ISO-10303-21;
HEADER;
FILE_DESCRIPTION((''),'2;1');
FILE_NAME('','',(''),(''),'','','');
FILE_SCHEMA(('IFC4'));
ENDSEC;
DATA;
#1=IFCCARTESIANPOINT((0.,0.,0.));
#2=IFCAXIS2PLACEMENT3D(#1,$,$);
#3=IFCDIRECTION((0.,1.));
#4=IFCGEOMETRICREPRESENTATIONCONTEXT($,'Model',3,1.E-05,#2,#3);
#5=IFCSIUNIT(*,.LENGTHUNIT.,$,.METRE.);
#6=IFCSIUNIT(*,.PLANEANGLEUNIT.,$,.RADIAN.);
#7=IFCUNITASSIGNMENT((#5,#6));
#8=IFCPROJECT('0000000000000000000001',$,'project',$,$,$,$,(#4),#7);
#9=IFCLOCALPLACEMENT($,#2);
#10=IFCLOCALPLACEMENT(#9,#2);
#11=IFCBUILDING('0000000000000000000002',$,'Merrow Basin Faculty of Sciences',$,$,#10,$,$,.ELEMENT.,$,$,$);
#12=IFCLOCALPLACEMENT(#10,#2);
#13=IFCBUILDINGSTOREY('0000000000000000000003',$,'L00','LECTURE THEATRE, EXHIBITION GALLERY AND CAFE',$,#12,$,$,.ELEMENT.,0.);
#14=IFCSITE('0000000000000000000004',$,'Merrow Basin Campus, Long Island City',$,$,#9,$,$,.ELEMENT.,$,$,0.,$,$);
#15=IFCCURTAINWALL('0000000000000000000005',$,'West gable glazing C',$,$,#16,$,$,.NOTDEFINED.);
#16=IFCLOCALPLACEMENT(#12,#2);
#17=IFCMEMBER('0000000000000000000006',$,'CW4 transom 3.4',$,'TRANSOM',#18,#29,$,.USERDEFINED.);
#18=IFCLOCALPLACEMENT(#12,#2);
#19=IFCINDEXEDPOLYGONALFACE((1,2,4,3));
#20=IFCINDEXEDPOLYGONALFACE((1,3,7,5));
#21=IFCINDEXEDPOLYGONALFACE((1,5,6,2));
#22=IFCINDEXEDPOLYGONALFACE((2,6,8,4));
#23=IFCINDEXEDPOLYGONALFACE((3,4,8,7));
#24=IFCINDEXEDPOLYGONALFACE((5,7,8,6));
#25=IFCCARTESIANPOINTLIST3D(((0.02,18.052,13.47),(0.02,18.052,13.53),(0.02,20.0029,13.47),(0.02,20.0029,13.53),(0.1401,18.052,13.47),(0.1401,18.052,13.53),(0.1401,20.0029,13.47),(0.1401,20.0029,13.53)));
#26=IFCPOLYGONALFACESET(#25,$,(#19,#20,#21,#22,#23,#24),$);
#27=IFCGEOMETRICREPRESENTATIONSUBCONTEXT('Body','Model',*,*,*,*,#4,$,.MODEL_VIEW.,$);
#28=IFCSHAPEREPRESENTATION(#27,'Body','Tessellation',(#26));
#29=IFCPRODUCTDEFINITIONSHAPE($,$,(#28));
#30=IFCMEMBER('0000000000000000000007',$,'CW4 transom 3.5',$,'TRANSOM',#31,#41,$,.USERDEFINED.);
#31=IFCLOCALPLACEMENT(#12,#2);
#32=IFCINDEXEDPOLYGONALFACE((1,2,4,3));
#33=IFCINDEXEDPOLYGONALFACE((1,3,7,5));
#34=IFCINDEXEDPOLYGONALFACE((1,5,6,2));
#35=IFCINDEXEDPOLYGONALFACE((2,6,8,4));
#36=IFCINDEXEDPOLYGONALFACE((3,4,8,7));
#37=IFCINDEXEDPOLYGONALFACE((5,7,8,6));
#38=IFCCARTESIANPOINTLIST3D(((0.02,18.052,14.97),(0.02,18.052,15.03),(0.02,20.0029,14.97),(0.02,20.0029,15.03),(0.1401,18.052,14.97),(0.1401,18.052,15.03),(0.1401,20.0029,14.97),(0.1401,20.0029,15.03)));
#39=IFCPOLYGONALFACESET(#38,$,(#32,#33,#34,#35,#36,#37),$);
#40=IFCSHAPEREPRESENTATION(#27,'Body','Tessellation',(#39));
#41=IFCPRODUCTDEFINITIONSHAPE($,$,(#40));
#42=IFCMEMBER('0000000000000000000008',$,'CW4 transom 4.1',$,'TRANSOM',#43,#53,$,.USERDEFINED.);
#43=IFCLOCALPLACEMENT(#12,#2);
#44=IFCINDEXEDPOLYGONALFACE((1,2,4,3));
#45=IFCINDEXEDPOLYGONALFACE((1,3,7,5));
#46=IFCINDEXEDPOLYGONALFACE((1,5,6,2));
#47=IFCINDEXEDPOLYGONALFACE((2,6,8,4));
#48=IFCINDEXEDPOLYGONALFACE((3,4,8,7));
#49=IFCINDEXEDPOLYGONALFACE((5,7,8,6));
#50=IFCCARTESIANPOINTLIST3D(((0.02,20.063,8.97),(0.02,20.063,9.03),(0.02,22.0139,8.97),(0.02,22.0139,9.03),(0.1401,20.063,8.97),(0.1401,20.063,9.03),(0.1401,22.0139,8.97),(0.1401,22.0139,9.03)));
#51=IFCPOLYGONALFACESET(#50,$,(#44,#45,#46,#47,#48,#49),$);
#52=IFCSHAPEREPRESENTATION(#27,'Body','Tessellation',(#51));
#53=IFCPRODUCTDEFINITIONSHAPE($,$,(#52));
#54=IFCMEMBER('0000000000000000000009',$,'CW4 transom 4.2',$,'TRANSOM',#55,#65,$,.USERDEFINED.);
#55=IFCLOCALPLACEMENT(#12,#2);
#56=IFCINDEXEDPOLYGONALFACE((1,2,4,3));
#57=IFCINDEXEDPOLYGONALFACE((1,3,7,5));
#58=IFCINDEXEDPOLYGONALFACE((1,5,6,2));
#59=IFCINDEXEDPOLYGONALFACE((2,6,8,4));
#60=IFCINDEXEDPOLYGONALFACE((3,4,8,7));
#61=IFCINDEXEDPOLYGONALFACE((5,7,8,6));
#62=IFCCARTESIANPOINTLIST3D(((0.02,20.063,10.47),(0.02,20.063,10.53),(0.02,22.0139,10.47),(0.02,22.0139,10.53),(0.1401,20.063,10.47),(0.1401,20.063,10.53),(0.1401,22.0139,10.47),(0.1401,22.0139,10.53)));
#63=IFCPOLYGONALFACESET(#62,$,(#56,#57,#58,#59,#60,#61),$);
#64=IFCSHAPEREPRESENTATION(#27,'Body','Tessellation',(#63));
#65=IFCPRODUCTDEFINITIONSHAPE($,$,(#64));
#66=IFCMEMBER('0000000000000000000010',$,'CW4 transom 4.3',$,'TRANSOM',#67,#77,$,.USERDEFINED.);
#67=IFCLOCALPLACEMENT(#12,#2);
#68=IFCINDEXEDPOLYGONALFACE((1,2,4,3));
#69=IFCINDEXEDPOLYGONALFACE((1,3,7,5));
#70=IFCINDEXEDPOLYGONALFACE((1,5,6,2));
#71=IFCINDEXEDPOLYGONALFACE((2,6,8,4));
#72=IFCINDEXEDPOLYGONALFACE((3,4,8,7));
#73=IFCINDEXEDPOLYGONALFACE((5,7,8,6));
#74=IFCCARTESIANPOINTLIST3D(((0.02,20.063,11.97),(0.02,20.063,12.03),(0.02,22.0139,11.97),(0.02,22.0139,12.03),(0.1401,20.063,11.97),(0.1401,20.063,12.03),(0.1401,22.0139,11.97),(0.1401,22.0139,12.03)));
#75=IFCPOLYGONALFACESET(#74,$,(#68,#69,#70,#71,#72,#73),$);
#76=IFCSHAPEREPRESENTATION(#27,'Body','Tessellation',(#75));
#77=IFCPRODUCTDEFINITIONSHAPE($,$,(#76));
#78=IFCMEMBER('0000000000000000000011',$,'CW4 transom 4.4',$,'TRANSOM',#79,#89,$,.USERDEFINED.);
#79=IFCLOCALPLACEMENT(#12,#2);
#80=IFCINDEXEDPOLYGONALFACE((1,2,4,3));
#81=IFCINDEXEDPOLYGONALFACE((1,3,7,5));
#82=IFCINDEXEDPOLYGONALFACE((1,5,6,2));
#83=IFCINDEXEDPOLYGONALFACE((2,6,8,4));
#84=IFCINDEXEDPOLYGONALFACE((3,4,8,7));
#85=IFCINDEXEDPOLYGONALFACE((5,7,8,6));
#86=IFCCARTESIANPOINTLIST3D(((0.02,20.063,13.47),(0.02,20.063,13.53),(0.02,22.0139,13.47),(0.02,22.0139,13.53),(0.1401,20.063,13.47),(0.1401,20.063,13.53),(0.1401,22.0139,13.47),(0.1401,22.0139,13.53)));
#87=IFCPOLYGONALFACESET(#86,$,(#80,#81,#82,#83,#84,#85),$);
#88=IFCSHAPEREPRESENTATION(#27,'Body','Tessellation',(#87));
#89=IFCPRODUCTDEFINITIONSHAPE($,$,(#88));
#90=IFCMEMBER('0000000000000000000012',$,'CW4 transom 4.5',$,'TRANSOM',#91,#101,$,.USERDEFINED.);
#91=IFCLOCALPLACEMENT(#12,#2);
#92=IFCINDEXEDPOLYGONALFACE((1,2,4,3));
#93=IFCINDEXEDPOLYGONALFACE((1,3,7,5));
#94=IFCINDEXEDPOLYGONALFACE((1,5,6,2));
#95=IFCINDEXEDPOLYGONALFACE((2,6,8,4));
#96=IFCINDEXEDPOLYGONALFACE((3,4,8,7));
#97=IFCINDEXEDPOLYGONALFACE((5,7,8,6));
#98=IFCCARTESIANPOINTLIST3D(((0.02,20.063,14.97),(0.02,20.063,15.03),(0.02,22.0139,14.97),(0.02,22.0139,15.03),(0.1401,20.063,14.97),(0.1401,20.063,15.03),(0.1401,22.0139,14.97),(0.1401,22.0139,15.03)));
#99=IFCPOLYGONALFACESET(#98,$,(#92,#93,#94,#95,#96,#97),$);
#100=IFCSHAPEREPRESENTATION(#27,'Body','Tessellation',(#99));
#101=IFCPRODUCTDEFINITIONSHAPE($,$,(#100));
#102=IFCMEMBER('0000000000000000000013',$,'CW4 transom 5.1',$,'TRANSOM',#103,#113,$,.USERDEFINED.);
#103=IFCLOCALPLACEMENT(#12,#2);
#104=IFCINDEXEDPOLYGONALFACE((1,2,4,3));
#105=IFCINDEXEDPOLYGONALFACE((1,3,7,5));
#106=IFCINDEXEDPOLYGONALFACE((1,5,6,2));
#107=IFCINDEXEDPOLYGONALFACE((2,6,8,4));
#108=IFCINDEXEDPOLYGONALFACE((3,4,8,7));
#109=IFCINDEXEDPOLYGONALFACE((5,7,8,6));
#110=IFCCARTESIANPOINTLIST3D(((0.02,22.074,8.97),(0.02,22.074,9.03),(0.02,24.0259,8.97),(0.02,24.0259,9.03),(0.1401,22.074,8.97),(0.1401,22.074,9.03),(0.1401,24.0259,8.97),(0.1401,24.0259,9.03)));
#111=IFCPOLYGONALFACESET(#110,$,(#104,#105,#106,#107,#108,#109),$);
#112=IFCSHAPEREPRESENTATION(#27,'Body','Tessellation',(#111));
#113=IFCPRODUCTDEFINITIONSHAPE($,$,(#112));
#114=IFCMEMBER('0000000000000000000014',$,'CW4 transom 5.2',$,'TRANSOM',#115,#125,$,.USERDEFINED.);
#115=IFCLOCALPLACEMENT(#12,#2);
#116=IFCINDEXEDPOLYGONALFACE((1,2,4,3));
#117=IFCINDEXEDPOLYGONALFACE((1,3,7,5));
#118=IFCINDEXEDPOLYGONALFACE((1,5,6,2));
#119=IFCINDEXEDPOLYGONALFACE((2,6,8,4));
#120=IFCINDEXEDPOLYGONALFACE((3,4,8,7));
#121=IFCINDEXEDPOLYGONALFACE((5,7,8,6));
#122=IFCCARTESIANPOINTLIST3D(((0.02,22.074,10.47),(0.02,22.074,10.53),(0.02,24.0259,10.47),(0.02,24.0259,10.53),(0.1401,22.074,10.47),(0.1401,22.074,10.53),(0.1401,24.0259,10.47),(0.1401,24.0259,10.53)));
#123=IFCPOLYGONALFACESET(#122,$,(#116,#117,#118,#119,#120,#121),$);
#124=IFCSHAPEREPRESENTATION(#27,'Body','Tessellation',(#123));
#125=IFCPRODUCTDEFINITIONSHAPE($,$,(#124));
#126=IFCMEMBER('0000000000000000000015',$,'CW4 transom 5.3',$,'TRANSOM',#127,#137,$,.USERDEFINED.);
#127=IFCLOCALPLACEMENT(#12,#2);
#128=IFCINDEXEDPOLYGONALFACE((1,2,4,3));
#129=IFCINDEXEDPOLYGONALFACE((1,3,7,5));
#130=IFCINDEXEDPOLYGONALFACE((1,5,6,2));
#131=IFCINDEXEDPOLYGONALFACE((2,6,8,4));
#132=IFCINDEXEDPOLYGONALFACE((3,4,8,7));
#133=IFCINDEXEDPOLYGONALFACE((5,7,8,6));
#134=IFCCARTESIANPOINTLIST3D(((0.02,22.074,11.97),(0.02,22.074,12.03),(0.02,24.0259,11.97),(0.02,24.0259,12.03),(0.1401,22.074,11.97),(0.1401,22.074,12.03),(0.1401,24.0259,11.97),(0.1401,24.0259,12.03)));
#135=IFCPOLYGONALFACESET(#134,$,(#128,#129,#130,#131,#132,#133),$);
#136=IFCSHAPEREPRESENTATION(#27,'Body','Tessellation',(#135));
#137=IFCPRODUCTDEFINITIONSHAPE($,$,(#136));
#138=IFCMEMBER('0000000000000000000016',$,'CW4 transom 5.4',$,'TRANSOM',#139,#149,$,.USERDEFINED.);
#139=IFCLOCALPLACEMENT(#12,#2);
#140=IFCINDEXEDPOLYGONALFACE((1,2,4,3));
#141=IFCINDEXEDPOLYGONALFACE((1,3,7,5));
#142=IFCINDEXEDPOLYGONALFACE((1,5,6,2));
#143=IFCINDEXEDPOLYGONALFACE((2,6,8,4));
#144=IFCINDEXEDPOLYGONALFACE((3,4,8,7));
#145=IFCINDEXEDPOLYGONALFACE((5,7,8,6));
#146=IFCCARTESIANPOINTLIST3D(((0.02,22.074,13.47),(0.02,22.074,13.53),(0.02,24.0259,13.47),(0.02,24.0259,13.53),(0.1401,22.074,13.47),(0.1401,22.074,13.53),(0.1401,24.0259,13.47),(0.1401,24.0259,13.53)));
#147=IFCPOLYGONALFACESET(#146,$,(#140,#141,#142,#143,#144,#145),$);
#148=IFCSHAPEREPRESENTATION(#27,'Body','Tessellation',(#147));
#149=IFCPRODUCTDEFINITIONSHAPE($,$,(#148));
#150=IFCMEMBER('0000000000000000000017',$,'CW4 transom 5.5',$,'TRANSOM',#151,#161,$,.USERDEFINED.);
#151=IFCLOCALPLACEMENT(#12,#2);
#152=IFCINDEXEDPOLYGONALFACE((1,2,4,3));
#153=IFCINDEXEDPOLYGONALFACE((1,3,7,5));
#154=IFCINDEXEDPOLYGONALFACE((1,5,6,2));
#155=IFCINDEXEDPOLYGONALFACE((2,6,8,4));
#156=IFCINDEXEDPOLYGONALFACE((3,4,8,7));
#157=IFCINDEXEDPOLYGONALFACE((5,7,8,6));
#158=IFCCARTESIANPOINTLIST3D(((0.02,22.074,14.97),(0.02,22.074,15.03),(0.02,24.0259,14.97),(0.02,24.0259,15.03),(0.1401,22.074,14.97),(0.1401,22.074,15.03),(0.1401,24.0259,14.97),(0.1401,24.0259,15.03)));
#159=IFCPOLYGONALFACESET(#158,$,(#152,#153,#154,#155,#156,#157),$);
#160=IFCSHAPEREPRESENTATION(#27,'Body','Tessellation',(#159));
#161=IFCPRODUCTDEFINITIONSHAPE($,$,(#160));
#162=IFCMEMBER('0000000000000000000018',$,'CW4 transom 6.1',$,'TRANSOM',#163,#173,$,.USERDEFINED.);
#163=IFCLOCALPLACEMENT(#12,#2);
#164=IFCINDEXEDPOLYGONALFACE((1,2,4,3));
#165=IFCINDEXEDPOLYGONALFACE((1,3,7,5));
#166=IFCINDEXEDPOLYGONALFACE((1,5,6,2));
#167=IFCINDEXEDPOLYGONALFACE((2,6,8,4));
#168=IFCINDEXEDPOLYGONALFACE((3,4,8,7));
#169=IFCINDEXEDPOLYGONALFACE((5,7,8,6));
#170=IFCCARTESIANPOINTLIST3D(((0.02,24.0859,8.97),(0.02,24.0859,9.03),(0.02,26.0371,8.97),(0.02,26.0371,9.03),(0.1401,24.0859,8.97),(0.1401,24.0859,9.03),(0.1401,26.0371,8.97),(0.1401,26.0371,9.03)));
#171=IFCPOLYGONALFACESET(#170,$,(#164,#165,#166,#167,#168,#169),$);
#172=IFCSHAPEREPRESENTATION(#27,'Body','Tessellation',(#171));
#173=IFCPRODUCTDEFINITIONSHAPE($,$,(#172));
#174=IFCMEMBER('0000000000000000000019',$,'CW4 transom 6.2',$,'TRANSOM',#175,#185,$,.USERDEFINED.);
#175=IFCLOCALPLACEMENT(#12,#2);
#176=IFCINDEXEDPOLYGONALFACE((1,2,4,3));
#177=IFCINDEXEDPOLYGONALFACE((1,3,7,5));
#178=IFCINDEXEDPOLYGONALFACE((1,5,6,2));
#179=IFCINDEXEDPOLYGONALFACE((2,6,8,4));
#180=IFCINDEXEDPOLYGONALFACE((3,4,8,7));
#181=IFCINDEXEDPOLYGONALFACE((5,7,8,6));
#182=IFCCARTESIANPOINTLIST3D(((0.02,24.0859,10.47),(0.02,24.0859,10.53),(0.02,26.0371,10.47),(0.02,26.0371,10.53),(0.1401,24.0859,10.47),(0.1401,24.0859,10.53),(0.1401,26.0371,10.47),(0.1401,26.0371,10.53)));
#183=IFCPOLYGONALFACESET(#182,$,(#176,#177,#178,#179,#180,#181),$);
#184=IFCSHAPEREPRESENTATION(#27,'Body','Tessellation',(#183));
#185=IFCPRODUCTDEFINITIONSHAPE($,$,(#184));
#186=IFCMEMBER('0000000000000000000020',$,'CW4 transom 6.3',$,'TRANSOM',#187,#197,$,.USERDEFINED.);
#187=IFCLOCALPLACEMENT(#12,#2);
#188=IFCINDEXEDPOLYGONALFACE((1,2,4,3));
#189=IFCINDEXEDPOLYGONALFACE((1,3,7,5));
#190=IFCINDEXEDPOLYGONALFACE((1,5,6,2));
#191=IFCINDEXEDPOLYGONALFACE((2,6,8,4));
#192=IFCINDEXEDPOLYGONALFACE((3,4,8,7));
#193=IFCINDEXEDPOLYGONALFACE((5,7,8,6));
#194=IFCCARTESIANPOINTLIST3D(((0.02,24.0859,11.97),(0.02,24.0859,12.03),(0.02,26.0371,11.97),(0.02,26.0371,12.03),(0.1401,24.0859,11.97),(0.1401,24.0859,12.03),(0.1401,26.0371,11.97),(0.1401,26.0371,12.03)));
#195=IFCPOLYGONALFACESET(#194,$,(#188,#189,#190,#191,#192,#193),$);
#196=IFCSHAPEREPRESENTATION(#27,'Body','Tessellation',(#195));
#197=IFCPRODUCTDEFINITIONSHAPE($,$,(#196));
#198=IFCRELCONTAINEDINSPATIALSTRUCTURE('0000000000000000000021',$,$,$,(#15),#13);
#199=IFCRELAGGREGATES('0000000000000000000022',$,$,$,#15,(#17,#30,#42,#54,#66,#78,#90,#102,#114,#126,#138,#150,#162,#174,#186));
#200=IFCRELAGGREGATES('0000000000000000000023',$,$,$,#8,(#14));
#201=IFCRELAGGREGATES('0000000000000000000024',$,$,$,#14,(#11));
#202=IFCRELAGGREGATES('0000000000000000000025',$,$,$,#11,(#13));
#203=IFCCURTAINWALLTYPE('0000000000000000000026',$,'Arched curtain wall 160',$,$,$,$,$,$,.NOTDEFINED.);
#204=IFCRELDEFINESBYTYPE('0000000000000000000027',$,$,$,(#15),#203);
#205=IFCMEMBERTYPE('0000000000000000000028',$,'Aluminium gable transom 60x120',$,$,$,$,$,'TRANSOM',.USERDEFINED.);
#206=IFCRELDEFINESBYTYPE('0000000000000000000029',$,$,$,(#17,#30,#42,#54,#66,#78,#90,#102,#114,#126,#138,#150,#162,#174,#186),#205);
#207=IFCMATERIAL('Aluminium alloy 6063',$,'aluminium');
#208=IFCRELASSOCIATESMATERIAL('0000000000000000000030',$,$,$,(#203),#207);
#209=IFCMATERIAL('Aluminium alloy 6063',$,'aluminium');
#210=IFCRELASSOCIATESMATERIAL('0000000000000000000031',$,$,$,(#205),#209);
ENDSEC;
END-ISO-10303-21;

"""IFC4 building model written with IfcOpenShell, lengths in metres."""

from ifc_helpers import new_model, si_unit, direction, frame, origin, origin_2d, place, context, subcontext, project, spatial, rectangle, extrude, material, material_profile, profile_set, type_object, element, aggregate, save


model = new_model("IFC4")

# Units and contexts
model_context = context("Model", 3, precision=1e-05, world=origin(), true_north=direction((0.0, 1.0)))
body_context = subcontext(model_context, "Body", "Model", "MODEL_VIEW")
ifc_project = project(units=[si_unit("LENGTHUNIT", "METRE"), si_unit("PLANEANGLEUNIT", "RADIAN")], contexts=[model_context])

# Site, building, storey
site_placement = place(None, origin())
site = spatial("IfcSite", under=ifc_project, at=site_placement, Name="Merrow Basin Campus, Long Island City", CompositionType="ELEMENT", RefElevation=0.0)
building_placement = place(site_placement, origin())
building = spatial("IfcBuilding", under=site, at=building_placement, Name="Merrow Basin Faculty of Sciences", CompositionType="ELEMENT")
storey_placement = place(building_placement, origin())
storey = spatial("IfcBuildingStorey", under=building, at=storey_placement, Name="L00", Description="LECTURE THEATRE, EXHIBITION GALLERY AND CAFE", CompositionType="ELEMENT", Elevation=0.0)

# Curtain wall, members
ifc_material_1 = material(Name="Aluminium alloy 6063", Category="aluminium")
curtain_wall_type = type_object("IfcCurtainWallType", Name="Arched curtain wall 160", PredefinedType="NOTDEFINED", material=ifc_material_1)
curtain_wall_placement = place(storey_placement, origin())
curtain_wall = element("IfcCurtainWall", 1, at=curtain_wall_placement, inside=storey, type_object=curtain_wall_type, Name="West gable glazing C", PredefinedType="NOTDEFINED")
ifc_material_2 = material(Name="Aluminium alloy 6063", Category="aluminium")
ifc_material_profile_1 = material_profile(ifc_material_2, rectangle(XDim=0.1201, YDim=0.0601, at=origin_2d()))
ifc_profile_set_1 = profile_set([ifc_material_profile_1], Name="Aluminium alloy 6063")
member_type_1 = type_object("IfcMemberType", Name="Aluminium gable transom 60x120", ElementType="TRANSOM", PredefinedType="USERDEFINED", material=ifc_profile_set_1)
member_1_placement = place(storey_placement, frame((0.0801, 18.052, 13.5), z_axis=(0.0, 1.0, 0.0), x_axis=(-1.0, 0.0, 0.0)))
member_1 = element("IfcMember", 2, at=member_1_placement, type_object=member_type_1, Name="CW4 transom 3.4", ObjectType="TRANSOM", PredefinedType="USERDEFINED", context=body_context, shape_type="SweptSolid", body=[
    extrude(rectangle(XDim=0.1201, YDim=0.0601, at=origin_2d()), origin(), (0.0, 0.0, 1.0), 1.9509),
])
member_2_placement = place(storey_placement, frame((0.0801, 18.052, 15.0), z_axis=(0.0, 1.0, 0.0), x_axis=(-1.0, 0.0, 0.0)))
member_2 = element("IfcMember", 3, at=member_2_placement, type_object=member_type_1, Name="CW4 transom 3.5", ObjectType="TRANSOM", PredefinedType="USERDEFINED", context=body_context, shape_type="SweptSolid", body=[
    extrude(rectangle(XDim=0.1201, YDim=0.0601, at=origin_2d()), origin(), (0.0, 0.0, 1.0), 1.9509),
])
member_3_placement = place(storey_placement, frame((0.0801, 20.063, 9.0), z_axis=(0.0, 1.0, 0.0), x_axis=(-1.0, 0.0, 0.0)))
member_3 = element("IfcMember", 4, at=member_3_placement, type_object=member_type_1, Name="CW4 transom 4.1", ObjectType="TRANSOM", PredefinedType="USERDEFINED", context=body_context, shape_type="SweptSolid", body=[
    extrude(rectangle(XDim=0.1201, YDim=0.0601, at=origin_2d()), origin(), (0.0, 0.0, 1.0), 1.9509),
])
member_4_placement = place(storey_placement, frame((0.0801, 20.063, 10.5), z_axis=(0.0, 1.0, 0.0), x_axis=(-1.0, 0.0, 0.0)))
member_4 = element("IfcMember", 5, at=member_4_placement, type_object=member_type_1, Name="CW4 transom 4.2", ObjectType="TRANSOM", PredefinedType="USERDEFINED", context=body_context, shape_type="SweptSolid", body=[
    extrude(rectangle(XDim=0.1201, YDim=0.0601, at=origin_2d()), origin(), (0.0, 0.0, 1.0), 1.9509),
])
member_5_placement = place(storey_placement, frame((0.0801, 20.063, 12.0), z_axis=(0.0, 1.0, 0.0), x_axis=(-1.0, 0.0, 0.0)))
member_5 = element("IfcMember", 6, at=member_5_placement, type_object=member_type_1, Name="CW4 transom 4.3", ObjectType="TRANSOM", PredefinedType="USERDEFINED", context=body_context, shape_type="SweptSolid", body=[
    extrude(rectangle(XDim=0.1201, YDim=0.0601, at=origin_2d()), origin(), (0.0, 0.0, 1.0), 1.9509),
])
member_6_placement = place(storey_placement, frame((0.0801, 20.063, 13.5), z_axis=(0.0, 1.0, 0.0), x_axis=(-1.0, 0.0, 0.0)))
member_6 = element("IfcMember", 7, at=member_6_placement, type_object=member_type_1, Name="CW4 transom 4.4", ObjectType="TRANSOM", PredefinedType="USERDEFINED", context=body_context, shape_type="SweptSolid", body=[
    extrude(rectangle(XDim=0.1201, YDim=0.0601, at=origin_2d()), origin(), (0.0, 0.0, 1.0), 1.9509),
])
member_7_placement = place(storey_placement, frame((0.0801, 20.063, 15.0), z_axis=(0.0, 1.0, 0.0), x_axis=(-1.0, 0.0, 0.0)))
member_7 = element("IfcMember", 8, at=member_7_placement, type_object=member_type_1, Name="CW4 transom 4.5", ObjectType="TRANSOM", PredefinedType="USERDEFINED", context=body_context, shape_type="SweptSolid", body=[
    extrude(rectangle(XDim=0.1201, YDim=0.0601, at=origin_2d()), origin(), (0.0, 0.0, 1.0), 1.9509),
])
member_8_placement = place(storey_placement, frame((0.0801, 22.074, 9.0), z_axis=(0.0, 1.0, 0.0), x_axis=(-1.0, 0.0, 0.0)))
member_8 = element("IfcMember", 9, at=member_8_placement, type_object=member_type_1, Name="CW4 transom 5.1", ObjectType="TRANSOM", PredefinedType="USERDEFINED", context=body_context, shape_type="SweptSolid", body=[
    extrude(rectangle(XDim=0.1201, YDim=0.0601, at=origin_2d()), origin(), (0.0, 0.0, 1.0), 1.9519),
])
member_9_placement = place(storey_placement, frame((0.0801, 22.074, 10.5), z_axis=(0.0, 1.0, 0.0), x_axis=(-1.0, 0.0, 0.0)))
member_9 = element("IfcMember", 10, at=member_9_placement, type_object=member_type_1, Name="CW4 transom 5.2", ObjectType="TRANSOM", PredefinedType="USERDEFINED", context=body_context, shape_type="SweptSolid", body=[
    extrude(rectangle(XDim=0.1201, YDim=0.0601, at=origin_2d()), origin(), (0.0, 0.0, 1.0), 1.9519),
])
member_10_placement = place(storey_placement, frame((0.0801, 22.074, 12.0), z_axis=(0.0, 1.0, 0.0), x_axis=(-1.0, 0.0, 0.0)))
member_10 = element("IfcMember", 11, at=member_10_placement, type_object=member_type_1, Name="CW4 transom 5.3", ObjectType="TRANSOM", PredefinedType="USERDEFINED", context=body_context, shape_type="SweptSolid", body=[
    extrude(rectangle(XDim=0.1201, YDim=0.0601, at=origin_2d()), origin(), (0.0, 0.0, 1.0), 1.9519),
])
member_11_placement = place(storey_placement, frame((0.0801, 22.074, 13.5), z_axis=(0.0, 1.0, 0.0), x_axis=(-1.0, 0.0, 0.0)))
member_11 = element("IfcMember", 12, at=member_11_placement, type_object=member_type_1, Name="CW4 transom 5.4", ObjectType="TRANSOM", PredefinedType="USERDEFINED", context=body_context, shape_type="SweptSolid", body=[
    extrude(rectangle(XDim=0.1201, YDim=0.0601, at=origin_2d()), origin(), (0.0, 0.0, 1.0), 1.9519),
])
member_12_placement = place(storey_placement, frame((0.0801, 22.074, 15.0), z_axis=(0.0, 1.0, 0.0), x_axis=(-1.0, 0.0, 0.0)))
member_12 = element("IfcMember", 13, at=member_12_placement, type_object=member_type_1, Name="CW4 transom 5.5", ObjectType="TRANSOM", PredefinedType="USERDEFINED", context=body_context, shape_type="SweptSolid", body=[
    extrude(rectangle(XDim=0.1201, YDim=0.0601, at=origin_2d()), origin(), (0.0, 0.0, 1.0), 1.9519),
])
member_13_placement = place(storey_placement, frame((0.0801, 24.0859, 9.0), z_axis=(0.0, 1.0, 0.0), x_axis=(-1.0, 0.0, 0.0)))
member_13 = element("IfcMember", 14, at=member_13_placement, type_object=member_type_1, Name="CW4 transom 6.1", ObjectType="TRANSOM", PredefinedType="USERDEFINED", context=body_context, shape_type="SweptSolid", body=[
    extrude(rectangle(XDim=0.1201, YDim=0.0601, at=origin_2d()), origin(), (0.0, 0.0, 1.0), 1.9512),
])
member_14_placement = place(storey_placement, frame((0.0801, 24.0859, 10.5), z_axis=(0.0, 1.0, 0.0), x_axis=(-1.0, 0.0, 0.0)))
member_14 = element("IfcMember", 15, at=member_14_placement, type_object=member_type_1, Name="CW4 transom 6.2", ObjectType="TRANSOM", PredefinedType="USERDEFINED", context=body_context, shape_type="SweptSolid", body=[
    extrude(rectangle(XDim=0.1201, YDim=0.0601, at=origin_2d()), origin(), (0.0, 0.0, 1.0), 1.9512),
])
member_15_placement = place(storey_placement, frame((0.0801, 24.0859, 12.0), z_axis=(0.0, 1.0, 0.0), x_axis=(-1.0, 0.0, 0.0)))
member_15 = element("IfcMember", 16, at=member_15_placement, type_object=member_type_1, Name="CW4 transom 6.3", ObjectType="TRANSOM", PredefinedType="USERDEFINED", context=body_context, shape_type="SweptSolid", body=[
    extrude(rectangle(XDim=0.1201, YDim=0.0601, at=origin_2d()), origin(), (0.0, 0.0, 1.0), 1.9512),
])
aggregate(curtain_wall, [member_1, member_2, member_3, member_4, member_5, member_6, member_7, member_8, member_9, member_10, member_11, member_12, member_13, member_14, member_15])

save(model, "model.ifc")
